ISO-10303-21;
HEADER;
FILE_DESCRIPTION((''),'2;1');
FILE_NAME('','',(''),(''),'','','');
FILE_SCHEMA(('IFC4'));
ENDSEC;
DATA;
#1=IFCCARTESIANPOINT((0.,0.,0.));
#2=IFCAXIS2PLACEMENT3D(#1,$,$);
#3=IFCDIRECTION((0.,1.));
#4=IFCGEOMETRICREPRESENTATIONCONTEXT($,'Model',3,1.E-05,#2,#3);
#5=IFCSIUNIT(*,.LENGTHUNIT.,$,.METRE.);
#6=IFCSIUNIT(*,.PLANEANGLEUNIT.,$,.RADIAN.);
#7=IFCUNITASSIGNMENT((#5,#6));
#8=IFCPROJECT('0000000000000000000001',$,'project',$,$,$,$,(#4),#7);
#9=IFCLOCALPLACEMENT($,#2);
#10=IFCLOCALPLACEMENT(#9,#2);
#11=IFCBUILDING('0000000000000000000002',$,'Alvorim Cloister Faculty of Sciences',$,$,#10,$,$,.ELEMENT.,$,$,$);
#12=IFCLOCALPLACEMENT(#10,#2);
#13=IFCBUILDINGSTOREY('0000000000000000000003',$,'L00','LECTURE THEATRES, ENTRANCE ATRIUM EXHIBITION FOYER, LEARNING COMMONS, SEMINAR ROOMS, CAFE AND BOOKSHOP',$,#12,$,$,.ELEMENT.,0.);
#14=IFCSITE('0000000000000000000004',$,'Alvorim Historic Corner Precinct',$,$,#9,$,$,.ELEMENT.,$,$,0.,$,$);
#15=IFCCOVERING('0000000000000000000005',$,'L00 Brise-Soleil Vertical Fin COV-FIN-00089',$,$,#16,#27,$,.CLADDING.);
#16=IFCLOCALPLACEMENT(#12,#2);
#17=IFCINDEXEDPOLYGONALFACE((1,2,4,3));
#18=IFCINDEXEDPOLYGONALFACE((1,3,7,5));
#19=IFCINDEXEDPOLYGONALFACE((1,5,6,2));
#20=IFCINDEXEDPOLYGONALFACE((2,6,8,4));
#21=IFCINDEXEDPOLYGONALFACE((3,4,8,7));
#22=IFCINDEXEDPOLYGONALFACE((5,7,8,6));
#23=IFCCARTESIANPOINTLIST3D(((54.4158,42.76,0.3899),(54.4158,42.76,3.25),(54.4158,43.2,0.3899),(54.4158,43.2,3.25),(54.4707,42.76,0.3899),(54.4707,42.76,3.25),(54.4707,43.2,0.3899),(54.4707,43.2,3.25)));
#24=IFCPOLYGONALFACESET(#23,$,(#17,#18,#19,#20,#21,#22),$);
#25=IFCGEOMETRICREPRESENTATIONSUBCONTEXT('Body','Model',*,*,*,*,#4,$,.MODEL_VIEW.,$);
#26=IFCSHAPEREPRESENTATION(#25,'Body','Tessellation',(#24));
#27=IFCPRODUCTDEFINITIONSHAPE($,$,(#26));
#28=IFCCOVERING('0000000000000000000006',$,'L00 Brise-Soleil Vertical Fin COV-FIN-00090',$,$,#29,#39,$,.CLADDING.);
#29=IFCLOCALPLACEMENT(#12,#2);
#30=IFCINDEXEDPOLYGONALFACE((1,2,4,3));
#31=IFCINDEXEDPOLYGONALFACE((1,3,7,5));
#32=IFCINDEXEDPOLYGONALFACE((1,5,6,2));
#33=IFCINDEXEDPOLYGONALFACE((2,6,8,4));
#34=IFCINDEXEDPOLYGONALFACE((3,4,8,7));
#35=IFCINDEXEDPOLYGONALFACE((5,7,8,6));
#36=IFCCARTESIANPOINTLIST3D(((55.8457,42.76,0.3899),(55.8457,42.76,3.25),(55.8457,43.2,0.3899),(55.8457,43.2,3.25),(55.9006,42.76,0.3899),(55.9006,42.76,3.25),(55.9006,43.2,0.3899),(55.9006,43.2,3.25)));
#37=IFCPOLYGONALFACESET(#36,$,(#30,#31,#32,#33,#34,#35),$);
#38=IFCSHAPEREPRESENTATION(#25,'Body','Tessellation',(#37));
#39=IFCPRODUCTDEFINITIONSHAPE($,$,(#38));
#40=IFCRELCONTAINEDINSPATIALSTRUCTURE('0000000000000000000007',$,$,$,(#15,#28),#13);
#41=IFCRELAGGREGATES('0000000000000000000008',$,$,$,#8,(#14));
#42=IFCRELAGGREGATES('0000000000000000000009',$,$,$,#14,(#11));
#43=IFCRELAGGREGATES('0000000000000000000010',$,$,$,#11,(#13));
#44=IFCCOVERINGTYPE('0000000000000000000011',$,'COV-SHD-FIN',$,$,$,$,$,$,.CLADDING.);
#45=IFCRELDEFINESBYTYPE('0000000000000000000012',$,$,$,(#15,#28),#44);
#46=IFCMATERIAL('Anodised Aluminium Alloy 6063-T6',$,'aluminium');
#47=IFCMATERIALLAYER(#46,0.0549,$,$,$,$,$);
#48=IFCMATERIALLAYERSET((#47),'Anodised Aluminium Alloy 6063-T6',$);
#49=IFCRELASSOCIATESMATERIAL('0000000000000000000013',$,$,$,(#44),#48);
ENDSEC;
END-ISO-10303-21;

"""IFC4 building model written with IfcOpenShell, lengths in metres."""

from ifc_helpers import new_model, si_unit, direction, frame, origin, place, context, subcontext, project, spatial, polyline, outline, extrude, material, layer, layer_set, type_object, element, save


model = new_model("IFC4")

# Units and contexts
model_context = context("Model", 3, precision=1e-05, world=origin(), true_north=direction((0.0, 1.0)))
body_context = subcontext(model_context, "Body", "Model", "MODEL_VIEW")
ifc_project = project(units=[si_unit("LENGTHUNIT", "METRE"), si_unit("PLANEANGLEUNIT", "RADIAN")], contexts=[model_context])

# Site, building, storey
site_placement = place(None, origin())
site = spatial("IfcSite", under=ifc_project, at=site_placement, Name="Alvorim Historic Corner Precinct", CompositionType="ELEMENT", RefElevation=0.0)
building_placement = place(site_placement, origin())
building = spatial("IfcBuilding", under=site, at=building_placement, Name="Alvorim Cloister Faculty of Sciences", CompositionType="ELEMENT")
storey_placement = place(building_placement, origin())
storey = spatial("IfcBuildingStorey", under=building, at=storey_placement, Name="L00", Description="LECTURE THEATRES, ENTRANCE ATRIUM EXHIBITION FOYER, LEARNING COMMONS, SEMINAR ROOMS, CAFE AND BOOKSHOP", CompositionType="ELEMENT", Elevation=0.0)

# Coverings
ifc_material_1 = material(Name="Anodised Aluminium Alloy 6063-T6", Category="aluminium")
ifc_layer_1 = layer(ifc_material_1, 0.0549)
ifc_layer_set_1 = layer_set([ifc_layer_1], Name="Anodised Aluminium Alloy 6063-T6")
covering_type = type_object("IfcCoveringType", Name="COV-SHD-FIN", PredefinedType="CLADDING", material=ifc_layer_set_1)
for number, where, z_axis, x_axis, name in (
    (1, (54.4434, 43.2, 0.3899), (0.0, 0.0, 1.0), (0.0, -1.0, 0.0), "L00 Brise-Soleil Vertical Fin COV-FIN-00089"),
    (2, (55.8733, 43.2, 0.3899), (0.0, 0.0, 1.0), (0.0, -1.0, 0.0), "L00 Brise-Soleil Vertical Fin COV-FIN-00090"),
):
    element("IfcCovering", number, at=place(storey_placement, frame(where, z_axis=z_axis, x_axis=x_axis)), inside=storey, type_object=covering_type, Name=name, PredefinedType="CLADDING", context=body_context, shape_type="SweptSolid", body=[
        extrude(outline(polyline([(0.0, 0.0), (0.4399, 0.0), (0.4399, 2.8601), (0.0, 2.8601), (0.0, 0.0)])), frame((0.0, 0.0273, 0.0), z_axis=(0.0, -1.0, 0.0), x_axis=(1.0, 0.0, 0.0)), (0.0, 0.0, 1.0), 0.0549),
    ])

save(model, "model.ifc")
